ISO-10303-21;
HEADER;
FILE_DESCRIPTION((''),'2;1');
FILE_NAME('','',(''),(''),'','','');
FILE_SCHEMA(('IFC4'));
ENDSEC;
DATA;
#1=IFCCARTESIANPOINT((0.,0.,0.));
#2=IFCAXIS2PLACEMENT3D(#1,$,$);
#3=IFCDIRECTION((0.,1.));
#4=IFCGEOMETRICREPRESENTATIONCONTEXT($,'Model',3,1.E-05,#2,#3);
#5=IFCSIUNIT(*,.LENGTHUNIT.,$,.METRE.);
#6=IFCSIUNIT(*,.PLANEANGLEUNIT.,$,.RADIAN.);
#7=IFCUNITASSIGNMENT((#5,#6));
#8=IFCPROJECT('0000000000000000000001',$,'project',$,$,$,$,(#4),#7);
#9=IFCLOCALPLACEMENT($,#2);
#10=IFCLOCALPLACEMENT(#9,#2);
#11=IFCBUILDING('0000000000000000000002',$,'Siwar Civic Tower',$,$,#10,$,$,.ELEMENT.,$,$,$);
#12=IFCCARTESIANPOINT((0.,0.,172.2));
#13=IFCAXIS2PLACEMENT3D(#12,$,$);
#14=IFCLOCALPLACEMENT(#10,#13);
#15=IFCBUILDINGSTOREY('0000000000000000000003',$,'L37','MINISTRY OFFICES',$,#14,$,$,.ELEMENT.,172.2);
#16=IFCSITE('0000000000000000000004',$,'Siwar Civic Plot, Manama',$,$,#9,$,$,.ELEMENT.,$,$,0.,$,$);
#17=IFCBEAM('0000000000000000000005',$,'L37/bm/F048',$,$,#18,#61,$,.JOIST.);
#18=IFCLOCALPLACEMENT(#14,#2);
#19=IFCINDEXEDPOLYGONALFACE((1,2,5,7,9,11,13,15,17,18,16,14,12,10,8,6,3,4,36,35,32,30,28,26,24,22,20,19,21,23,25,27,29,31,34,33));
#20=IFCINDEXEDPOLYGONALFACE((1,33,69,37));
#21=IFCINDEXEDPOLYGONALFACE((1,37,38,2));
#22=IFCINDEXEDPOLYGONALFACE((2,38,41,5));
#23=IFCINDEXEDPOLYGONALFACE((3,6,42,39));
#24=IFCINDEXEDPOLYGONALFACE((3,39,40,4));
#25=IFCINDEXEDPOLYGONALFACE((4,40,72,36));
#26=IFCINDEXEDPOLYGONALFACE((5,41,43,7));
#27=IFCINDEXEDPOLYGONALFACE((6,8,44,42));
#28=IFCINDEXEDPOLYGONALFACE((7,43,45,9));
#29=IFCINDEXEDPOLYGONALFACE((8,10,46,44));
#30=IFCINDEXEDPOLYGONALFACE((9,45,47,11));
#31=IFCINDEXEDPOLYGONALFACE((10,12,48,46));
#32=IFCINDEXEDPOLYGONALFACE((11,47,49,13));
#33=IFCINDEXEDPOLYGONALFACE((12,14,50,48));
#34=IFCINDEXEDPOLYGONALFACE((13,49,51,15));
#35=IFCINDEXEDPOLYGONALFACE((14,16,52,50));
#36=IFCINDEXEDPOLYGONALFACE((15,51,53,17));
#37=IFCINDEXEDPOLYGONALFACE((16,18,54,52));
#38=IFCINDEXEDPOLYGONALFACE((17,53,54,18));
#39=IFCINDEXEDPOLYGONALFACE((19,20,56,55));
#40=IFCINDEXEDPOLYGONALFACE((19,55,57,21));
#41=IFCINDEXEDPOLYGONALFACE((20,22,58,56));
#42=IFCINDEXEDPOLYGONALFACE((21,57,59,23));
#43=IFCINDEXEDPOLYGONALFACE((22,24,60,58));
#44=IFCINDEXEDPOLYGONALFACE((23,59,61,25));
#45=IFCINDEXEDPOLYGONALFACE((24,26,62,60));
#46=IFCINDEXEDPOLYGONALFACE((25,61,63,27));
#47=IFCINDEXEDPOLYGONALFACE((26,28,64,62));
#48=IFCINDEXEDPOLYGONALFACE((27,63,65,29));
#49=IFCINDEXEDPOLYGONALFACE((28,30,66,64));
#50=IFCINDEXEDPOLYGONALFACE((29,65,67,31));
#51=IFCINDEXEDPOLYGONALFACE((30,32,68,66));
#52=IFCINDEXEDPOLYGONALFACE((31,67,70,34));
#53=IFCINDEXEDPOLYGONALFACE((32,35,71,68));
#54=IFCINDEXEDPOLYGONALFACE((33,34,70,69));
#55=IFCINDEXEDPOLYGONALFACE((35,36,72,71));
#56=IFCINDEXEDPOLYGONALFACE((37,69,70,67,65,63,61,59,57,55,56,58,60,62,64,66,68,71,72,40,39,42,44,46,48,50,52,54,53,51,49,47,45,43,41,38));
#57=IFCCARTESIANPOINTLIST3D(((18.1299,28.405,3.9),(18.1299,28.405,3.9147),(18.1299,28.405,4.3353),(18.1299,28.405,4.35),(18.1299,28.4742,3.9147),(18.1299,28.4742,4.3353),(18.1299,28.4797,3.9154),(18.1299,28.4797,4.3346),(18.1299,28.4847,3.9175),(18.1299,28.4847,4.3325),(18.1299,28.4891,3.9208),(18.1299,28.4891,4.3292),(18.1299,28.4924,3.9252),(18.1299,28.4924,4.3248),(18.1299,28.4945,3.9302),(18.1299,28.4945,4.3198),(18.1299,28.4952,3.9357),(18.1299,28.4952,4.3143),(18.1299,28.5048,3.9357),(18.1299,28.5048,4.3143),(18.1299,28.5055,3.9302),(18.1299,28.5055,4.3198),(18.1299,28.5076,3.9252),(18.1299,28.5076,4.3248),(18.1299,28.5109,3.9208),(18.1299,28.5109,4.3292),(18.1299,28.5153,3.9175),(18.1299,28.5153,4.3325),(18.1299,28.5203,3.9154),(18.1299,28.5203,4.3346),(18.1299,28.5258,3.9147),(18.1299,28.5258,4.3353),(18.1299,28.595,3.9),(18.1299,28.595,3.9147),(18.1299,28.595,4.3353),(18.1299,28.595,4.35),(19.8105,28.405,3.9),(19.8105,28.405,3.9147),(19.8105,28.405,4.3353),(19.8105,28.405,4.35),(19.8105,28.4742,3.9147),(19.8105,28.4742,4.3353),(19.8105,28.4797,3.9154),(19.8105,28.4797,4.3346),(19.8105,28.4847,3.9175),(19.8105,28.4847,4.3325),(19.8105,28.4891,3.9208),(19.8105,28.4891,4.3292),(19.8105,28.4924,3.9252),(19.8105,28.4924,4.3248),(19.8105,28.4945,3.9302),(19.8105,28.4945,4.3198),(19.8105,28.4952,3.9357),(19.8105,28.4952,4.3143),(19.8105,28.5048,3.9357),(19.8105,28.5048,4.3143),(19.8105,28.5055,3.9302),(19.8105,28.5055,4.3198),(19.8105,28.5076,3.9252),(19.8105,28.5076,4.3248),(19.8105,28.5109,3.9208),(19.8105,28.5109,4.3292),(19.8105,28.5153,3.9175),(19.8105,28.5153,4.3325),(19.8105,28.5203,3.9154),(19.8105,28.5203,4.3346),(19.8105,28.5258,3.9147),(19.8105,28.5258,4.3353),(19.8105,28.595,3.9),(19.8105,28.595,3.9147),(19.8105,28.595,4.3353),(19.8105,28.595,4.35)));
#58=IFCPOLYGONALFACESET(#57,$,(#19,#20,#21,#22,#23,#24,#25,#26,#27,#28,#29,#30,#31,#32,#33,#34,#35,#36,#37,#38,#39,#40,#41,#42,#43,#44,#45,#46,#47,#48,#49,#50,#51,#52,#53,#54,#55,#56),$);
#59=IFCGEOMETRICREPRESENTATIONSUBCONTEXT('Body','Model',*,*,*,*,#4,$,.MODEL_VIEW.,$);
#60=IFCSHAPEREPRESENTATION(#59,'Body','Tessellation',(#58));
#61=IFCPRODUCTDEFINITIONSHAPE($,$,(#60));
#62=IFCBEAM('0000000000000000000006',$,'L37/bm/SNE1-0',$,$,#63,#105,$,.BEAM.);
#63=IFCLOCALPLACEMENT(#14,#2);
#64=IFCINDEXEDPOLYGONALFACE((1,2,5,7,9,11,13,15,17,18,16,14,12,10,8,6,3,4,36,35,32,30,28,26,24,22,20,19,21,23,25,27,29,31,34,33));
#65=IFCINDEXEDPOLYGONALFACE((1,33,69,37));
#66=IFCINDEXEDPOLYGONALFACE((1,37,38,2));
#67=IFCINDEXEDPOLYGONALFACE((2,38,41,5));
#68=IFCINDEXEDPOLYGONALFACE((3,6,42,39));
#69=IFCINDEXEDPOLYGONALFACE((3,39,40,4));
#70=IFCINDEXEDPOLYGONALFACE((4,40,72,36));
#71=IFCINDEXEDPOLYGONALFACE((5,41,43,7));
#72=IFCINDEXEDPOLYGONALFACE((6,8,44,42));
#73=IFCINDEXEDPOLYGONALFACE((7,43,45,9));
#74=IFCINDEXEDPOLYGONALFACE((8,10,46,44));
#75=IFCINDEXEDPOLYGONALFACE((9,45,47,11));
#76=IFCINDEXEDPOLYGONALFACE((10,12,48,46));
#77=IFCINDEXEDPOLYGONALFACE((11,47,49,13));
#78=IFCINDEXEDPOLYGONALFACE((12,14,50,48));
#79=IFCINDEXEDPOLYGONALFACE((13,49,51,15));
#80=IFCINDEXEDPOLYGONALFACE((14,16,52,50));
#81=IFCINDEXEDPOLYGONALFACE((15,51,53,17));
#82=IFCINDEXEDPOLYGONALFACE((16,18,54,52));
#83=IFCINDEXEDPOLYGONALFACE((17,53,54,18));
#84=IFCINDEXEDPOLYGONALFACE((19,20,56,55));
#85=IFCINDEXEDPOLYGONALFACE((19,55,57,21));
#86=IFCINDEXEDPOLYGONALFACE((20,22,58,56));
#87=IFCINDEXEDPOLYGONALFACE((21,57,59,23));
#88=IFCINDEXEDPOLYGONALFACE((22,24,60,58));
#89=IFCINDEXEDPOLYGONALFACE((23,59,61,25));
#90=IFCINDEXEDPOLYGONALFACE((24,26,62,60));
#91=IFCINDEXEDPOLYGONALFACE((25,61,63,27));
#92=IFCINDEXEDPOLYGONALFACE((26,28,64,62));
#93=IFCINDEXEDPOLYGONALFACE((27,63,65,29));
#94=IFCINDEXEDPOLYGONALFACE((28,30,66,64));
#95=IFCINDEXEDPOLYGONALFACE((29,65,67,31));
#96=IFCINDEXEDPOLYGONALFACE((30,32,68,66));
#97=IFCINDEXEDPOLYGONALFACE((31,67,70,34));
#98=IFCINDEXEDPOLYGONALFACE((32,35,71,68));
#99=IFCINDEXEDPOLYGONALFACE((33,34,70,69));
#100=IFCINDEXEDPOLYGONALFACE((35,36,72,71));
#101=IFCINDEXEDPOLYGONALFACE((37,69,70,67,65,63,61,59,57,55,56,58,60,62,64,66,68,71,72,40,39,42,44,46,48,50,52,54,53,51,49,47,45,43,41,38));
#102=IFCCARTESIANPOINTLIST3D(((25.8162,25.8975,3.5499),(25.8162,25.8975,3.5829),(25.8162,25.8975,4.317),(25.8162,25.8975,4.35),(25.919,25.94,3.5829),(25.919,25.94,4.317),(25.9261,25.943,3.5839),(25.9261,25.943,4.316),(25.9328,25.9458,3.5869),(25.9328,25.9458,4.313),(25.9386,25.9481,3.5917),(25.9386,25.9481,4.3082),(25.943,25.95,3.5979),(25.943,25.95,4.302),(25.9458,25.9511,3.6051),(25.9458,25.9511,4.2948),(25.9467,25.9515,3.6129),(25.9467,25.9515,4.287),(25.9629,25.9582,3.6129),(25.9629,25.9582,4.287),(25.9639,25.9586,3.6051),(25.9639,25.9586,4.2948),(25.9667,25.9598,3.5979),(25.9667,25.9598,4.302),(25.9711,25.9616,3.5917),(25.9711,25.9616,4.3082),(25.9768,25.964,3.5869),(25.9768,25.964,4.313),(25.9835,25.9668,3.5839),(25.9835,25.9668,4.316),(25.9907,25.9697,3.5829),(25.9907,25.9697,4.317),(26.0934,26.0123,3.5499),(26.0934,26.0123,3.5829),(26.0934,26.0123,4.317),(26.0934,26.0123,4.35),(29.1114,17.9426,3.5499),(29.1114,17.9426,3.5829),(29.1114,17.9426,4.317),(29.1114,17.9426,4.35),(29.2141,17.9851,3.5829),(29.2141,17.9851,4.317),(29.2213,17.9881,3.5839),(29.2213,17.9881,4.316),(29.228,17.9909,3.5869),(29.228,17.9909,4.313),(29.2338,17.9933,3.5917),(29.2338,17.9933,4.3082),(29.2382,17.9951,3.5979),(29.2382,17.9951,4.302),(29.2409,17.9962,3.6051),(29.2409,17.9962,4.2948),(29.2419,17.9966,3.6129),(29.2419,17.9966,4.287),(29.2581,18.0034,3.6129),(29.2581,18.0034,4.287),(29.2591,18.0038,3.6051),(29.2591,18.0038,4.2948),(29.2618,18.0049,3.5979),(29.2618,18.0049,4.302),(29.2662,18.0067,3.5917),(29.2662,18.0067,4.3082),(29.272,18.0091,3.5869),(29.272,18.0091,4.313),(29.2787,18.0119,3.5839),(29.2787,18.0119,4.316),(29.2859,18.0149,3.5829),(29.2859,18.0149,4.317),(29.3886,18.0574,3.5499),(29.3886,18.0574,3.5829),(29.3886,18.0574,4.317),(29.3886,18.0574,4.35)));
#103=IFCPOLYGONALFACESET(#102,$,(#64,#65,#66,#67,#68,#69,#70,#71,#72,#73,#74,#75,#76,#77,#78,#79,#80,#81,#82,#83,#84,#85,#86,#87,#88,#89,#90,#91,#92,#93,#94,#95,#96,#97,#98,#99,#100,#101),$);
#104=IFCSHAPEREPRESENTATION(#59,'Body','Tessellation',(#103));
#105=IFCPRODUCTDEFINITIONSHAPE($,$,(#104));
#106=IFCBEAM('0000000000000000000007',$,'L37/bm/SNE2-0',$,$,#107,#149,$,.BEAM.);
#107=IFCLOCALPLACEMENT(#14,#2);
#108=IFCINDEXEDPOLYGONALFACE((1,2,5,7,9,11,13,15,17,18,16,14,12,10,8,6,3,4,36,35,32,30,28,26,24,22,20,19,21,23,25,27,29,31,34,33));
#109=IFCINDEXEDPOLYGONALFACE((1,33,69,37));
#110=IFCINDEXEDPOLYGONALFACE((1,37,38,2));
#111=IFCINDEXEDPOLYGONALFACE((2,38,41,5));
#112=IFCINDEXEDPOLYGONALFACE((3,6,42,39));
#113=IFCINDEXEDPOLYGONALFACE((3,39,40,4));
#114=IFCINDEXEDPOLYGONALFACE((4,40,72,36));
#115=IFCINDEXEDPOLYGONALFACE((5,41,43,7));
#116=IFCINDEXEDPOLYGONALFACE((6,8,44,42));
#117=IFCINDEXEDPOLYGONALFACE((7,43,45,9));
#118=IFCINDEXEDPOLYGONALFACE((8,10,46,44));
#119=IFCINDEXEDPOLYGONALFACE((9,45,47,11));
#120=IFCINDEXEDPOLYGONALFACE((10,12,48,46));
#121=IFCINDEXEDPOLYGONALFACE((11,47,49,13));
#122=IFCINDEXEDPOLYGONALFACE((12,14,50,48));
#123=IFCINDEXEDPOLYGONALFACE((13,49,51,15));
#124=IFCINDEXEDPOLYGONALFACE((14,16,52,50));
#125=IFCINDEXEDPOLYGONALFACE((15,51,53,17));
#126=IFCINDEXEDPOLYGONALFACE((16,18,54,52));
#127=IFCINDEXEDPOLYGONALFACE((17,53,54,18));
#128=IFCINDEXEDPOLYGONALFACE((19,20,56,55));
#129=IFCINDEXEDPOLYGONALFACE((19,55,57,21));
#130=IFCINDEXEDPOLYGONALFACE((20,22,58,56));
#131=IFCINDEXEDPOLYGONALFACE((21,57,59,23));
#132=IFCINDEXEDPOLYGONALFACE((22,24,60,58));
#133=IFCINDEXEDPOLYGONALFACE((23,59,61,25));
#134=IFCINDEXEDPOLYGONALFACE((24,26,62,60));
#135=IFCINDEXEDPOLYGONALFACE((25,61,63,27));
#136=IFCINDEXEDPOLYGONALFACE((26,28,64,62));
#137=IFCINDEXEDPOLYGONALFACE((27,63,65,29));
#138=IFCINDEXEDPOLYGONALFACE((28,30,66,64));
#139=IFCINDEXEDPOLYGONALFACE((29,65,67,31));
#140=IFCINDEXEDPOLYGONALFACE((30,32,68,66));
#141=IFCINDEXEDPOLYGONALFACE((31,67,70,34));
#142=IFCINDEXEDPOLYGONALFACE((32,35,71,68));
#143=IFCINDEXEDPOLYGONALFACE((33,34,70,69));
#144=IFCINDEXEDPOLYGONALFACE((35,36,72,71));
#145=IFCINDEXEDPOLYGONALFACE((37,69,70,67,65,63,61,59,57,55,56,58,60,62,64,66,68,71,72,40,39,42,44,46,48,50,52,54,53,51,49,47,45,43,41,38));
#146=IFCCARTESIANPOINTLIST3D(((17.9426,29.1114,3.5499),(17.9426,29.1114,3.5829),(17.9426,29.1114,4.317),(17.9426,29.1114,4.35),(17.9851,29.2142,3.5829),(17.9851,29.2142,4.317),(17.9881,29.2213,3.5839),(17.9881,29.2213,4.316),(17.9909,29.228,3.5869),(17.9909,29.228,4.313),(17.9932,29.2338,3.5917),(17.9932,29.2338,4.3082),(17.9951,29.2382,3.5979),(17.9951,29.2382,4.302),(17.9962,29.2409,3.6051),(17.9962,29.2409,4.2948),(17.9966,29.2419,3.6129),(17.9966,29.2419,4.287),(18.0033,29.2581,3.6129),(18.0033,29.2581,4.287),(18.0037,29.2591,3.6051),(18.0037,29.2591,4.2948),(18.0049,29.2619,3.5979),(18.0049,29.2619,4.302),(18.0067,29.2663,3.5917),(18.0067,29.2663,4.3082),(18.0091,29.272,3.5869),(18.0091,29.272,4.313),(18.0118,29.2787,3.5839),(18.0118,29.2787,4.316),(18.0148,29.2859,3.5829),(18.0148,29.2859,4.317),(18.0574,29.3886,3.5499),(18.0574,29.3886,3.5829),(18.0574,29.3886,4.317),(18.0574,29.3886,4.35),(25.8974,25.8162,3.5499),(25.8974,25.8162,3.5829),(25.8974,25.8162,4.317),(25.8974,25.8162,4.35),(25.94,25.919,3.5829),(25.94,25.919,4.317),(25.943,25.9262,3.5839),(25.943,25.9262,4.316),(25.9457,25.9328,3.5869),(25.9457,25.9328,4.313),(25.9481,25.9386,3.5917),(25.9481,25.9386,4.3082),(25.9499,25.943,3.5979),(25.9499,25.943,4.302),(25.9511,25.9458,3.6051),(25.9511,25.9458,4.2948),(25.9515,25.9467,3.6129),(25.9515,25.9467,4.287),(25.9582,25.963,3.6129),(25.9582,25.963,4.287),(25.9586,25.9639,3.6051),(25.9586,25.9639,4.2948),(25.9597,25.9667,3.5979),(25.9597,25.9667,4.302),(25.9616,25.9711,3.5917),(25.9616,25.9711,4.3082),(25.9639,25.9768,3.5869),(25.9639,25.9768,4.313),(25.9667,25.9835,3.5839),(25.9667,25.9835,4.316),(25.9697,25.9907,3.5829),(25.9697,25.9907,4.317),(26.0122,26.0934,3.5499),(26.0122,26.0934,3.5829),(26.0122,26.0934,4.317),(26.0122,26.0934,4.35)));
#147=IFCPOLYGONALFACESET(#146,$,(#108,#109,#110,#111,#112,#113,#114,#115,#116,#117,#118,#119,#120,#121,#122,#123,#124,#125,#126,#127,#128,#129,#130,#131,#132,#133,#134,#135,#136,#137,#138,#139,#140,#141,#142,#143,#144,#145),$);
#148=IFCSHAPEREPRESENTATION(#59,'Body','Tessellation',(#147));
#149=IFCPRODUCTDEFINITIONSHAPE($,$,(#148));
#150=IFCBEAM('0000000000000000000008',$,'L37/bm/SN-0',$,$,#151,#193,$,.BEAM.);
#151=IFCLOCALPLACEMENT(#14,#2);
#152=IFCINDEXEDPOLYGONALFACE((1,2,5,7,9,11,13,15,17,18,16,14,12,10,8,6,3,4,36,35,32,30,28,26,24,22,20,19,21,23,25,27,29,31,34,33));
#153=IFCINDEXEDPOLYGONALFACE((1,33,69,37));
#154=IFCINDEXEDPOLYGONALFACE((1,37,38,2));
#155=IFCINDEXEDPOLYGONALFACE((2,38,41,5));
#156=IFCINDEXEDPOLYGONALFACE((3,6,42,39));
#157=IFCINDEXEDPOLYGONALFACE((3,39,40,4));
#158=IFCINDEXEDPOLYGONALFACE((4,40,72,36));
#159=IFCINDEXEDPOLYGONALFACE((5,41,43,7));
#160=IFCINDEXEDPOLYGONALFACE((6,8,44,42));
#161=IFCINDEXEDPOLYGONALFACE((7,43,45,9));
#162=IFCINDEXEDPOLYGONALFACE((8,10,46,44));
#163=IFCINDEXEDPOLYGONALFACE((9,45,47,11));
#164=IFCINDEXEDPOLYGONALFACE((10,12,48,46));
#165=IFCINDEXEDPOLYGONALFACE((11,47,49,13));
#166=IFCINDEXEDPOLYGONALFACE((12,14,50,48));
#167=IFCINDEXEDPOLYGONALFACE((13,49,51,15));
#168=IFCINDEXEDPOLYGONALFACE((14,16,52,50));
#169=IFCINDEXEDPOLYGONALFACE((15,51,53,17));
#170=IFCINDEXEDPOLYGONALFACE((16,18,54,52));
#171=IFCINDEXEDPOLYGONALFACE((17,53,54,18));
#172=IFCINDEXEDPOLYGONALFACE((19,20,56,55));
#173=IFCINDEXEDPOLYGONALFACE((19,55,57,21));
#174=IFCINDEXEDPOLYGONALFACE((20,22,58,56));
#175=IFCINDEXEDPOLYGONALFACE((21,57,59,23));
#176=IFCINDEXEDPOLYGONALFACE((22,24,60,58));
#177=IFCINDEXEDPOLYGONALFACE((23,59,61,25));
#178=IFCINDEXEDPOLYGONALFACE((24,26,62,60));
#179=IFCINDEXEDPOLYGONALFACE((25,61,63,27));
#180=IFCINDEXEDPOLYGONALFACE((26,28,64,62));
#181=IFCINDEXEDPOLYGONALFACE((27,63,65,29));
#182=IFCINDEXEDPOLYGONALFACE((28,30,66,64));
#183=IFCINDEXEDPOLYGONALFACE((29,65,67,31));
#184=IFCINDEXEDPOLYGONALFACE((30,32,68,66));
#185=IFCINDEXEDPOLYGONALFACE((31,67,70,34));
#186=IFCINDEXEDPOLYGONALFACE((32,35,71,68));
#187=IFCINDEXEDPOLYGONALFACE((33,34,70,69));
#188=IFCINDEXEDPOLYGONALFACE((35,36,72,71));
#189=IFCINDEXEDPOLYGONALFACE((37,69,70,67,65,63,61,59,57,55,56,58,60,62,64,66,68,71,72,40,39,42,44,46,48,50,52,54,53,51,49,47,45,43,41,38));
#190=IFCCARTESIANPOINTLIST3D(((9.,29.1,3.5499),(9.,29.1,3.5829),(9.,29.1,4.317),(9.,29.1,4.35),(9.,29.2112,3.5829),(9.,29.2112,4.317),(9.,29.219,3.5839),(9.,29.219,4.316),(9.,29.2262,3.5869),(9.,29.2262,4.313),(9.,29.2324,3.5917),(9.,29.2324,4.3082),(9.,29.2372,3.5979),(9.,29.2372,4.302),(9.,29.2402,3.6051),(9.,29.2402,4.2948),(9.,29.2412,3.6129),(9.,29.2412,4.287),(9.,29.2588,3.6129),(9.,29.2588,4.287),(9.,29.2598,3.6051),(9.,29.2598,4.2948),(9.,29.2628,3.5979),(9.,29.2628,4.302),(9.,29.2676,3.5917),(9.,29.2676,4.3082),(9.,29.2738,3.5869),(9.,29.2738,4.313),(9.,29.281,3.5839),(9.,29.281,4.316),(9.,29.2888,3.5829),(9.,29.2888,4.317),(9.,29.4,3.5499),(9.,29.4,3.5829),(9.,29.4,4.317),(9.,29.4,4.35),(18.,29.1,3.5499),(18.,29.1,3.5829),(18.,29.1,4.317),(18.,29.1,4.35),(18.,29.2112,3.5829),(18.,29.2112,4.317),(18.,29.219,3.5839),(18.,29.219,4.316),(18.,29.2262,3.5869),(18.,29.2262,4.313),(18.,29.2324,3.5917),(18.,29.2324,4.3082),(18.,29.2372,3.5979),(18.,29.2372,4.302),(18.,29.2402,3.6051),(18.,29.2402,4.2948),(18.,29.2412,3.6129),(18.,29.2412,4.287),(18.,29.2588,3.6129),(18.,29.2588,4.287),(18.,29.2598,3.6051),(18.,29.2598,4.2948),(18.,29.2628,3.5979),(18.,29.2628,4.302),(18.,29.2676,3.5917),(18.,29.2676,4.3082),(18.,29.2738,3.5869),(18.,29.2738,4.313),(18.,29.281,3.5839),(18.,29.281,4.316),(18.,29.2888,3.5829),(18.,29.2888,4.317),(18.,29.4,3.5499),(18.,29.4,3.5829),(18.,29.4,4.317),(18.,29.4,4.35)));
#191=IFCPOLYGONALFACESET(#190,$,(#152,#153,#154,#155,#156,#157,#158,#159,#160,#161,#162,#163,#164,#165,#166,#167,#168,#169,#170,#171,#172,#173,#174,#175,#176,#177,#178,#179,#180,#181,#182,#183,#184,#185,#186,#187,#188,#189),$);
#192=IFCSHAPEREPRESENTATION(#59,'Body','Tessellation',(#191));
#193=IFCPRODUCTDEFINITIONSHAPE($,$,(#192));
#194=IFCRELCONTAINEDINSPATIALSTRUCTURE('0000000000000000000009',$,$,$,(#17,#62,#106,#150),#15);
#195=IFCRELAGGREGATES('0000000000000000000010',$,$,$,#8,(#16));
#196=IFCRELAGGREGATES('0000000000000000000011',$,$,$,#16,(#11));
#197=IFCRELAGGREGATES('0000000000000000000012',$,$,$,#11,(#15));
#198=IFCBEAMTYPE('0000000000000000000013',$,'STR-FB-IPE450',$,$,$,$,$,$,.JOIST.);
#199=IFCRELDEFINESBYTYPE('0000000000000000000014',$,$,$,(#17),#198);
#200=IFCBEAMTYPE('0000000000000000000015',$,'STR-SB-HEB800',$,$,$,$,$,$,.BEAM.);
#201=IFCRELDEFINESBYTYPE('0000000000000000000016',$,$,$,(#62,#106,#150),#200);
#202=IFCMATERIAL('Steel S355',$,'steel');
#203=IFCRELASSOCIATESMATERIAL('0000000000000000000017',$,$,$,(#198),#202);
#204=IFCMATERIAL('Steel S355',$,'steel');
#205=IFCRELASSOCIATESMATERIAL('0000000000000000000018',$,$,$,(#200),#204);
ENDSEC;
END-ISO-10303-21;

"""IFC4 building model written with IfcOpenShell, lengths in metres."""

from ifc_helpers import new_model, si_unit, direction, frame, origin, origin_2d, place, context, subcontext, project, spatial, i_section, extrude, material, material_profile, profile_set, type_object, element, save


model = new_model("IFC4")

# Units and contexts
model_context = context("Model", 3, precision=1e-05, world=origin(), true_north=direction((0.0, 1.0)))
body_context = subcontext(model_context, "Body", "Model", "MODEL_VIEW")
ifc_project = project(units=[si_unit("LENGTHUNIT", "METRE"), si_unit("PLANEANGLEUNIT", "RADIAN")], contexts=[model_context])

# Site, building, storey
site_placement = place(None, origin())
site = spatial("IfcSite", under=ifc_project, at=site_placement, Name="Siwar Civic Plot, Manama", CompositionType="ELEMENT", RefElevation=0.0)
building_placement = place(site_placement, origin())
building = spatial("IfcBuilding", under=site, at=building_placement, Name="Siwar Civic Tower", CompositionType="ELEMENT")
storey_placement = place(building_placement, frame((0.0, 0.0, 172.2)))
storey = spatial("IfcBuildingStorey", under=building, at=storey_placement, Name="L37", Description="MINISTRY OFFICES", CompositionType="ELEMENT", Elevation=172.2)

# Beams
ifc_material_1 = material(Name="Steel S355", Category="steel")
ifc_material_profile_1 = material_profile(ifc_material_1, i_section(OverallWidth=0.1899, OverallDepth=0.45, WebThickness=0.0095, FlangeThickness=0.0146, FilletRadius=0.021, at=origin_2d()), Name="IPE450")
ifc_profile_set_1 = profile_set([ifc_material_profile_1], Name="Steel S355")
beam_type_1 = type_object("IfcBeamType", Name="STR-FB-IPE450", PredefinedType="JOIST", material=ifc_profile_set_1)
beam_1_placement = place(storey_placement, frame((18.1299, 28.5, 4.125), z_axis=(1.0, 0.0, 0.0), x_axis=(0.0, 1.0, 0.0)))
element("IfcBeam", 1, at=beam_1_placement, inside=storey, type_object=beam_type_1, Name="L37/bm/F048", PredefinedType="JOIST", context=body_context, shape_type="SweptSolid", body=[
    extrude(i_section(OverallWidth=0.1899, OverallDepth=0.45, WebThickness=0.0095, FlangeThickness=0.0146, FilletRadius=0.021, at=origin_2d()), origin(), (0.0, 0.0, 1.0), 1.6807),
])
ifc_material_2 = material(Name="Steel S355", Category="steel")
ifc_material_profile_2 = material_profile(ifc_material_2, i_section(OverallWidth=0.3, OverallDepth=0.8, WebThickness=0.0176, FlangeThickness=0.033, FilletRadius=0.03, at=origin_2d()), Name="HEB800")
ifc_profile_set_2 = profile_set([ifc_material_profile_2], Name="Steel S355")
beam_type_2 = type_object("IfcBeamType", Name="STR-SB-HEB800", PredefinedType="BEAM", material=ifc_profile_set_2)
for number, where, z_axis, x_axis, name in (
    (2, (29.25, 18.0, 3.95), (-0.3827, 0.923873, 0.0), (-0.923873, -0.3827, 0.0), "L37/bm/SNE1-0"),
    (3, (25.9548, 25.9548, 3.95), (-0.923873, 0.3827, 0.0), (-0.3827, -0.923873, 0.0), "L37/bm/SNE2-0"),
):
    element("IfcBeam", number, at=place(storey_placement, frame(where, z_axis=z_axis, x_axis=x_axis)), inside=storey, type_object=beam_type_2, Name=name, PredefinedType="BEAM", context=body_context, shape_type="SweptSolid", body=[
        extrude(i_section(OverallWidth=0.3, OverallDepth=0.8, WebThickness=0.0176, FlangeThickness=0.033, FilletRadius=0.03, at=origin_2d()), origin(), (0.0, 0.0, 1.0), 8.6104),
    ])
beam_2_placement = place(storey_placement, frame((18.0, 29.25, 3.95), z_axis=(-1.0, 0.0, 0.0), x_axis=(0.0, -1.0, 0.0)))
element("IfcBeam", 4, at=beam_2_placement, inside=storey, type_object=beam_type_2, Name="L37/bm/SN-0", PredefinedType="BEAM", context=body_context, shape_type="SweptSolid", body=[
    extrude(i_section(OverallWidth=0.3, OverallDepth=0.8, WebThickness=0.0176, FlangeThickness=0.033, FilletRadius=0.03, at=origin_2d()), origin(), (0.0, 0.0, 1.0), 9.0),
])

save(model, "model.ifc")
